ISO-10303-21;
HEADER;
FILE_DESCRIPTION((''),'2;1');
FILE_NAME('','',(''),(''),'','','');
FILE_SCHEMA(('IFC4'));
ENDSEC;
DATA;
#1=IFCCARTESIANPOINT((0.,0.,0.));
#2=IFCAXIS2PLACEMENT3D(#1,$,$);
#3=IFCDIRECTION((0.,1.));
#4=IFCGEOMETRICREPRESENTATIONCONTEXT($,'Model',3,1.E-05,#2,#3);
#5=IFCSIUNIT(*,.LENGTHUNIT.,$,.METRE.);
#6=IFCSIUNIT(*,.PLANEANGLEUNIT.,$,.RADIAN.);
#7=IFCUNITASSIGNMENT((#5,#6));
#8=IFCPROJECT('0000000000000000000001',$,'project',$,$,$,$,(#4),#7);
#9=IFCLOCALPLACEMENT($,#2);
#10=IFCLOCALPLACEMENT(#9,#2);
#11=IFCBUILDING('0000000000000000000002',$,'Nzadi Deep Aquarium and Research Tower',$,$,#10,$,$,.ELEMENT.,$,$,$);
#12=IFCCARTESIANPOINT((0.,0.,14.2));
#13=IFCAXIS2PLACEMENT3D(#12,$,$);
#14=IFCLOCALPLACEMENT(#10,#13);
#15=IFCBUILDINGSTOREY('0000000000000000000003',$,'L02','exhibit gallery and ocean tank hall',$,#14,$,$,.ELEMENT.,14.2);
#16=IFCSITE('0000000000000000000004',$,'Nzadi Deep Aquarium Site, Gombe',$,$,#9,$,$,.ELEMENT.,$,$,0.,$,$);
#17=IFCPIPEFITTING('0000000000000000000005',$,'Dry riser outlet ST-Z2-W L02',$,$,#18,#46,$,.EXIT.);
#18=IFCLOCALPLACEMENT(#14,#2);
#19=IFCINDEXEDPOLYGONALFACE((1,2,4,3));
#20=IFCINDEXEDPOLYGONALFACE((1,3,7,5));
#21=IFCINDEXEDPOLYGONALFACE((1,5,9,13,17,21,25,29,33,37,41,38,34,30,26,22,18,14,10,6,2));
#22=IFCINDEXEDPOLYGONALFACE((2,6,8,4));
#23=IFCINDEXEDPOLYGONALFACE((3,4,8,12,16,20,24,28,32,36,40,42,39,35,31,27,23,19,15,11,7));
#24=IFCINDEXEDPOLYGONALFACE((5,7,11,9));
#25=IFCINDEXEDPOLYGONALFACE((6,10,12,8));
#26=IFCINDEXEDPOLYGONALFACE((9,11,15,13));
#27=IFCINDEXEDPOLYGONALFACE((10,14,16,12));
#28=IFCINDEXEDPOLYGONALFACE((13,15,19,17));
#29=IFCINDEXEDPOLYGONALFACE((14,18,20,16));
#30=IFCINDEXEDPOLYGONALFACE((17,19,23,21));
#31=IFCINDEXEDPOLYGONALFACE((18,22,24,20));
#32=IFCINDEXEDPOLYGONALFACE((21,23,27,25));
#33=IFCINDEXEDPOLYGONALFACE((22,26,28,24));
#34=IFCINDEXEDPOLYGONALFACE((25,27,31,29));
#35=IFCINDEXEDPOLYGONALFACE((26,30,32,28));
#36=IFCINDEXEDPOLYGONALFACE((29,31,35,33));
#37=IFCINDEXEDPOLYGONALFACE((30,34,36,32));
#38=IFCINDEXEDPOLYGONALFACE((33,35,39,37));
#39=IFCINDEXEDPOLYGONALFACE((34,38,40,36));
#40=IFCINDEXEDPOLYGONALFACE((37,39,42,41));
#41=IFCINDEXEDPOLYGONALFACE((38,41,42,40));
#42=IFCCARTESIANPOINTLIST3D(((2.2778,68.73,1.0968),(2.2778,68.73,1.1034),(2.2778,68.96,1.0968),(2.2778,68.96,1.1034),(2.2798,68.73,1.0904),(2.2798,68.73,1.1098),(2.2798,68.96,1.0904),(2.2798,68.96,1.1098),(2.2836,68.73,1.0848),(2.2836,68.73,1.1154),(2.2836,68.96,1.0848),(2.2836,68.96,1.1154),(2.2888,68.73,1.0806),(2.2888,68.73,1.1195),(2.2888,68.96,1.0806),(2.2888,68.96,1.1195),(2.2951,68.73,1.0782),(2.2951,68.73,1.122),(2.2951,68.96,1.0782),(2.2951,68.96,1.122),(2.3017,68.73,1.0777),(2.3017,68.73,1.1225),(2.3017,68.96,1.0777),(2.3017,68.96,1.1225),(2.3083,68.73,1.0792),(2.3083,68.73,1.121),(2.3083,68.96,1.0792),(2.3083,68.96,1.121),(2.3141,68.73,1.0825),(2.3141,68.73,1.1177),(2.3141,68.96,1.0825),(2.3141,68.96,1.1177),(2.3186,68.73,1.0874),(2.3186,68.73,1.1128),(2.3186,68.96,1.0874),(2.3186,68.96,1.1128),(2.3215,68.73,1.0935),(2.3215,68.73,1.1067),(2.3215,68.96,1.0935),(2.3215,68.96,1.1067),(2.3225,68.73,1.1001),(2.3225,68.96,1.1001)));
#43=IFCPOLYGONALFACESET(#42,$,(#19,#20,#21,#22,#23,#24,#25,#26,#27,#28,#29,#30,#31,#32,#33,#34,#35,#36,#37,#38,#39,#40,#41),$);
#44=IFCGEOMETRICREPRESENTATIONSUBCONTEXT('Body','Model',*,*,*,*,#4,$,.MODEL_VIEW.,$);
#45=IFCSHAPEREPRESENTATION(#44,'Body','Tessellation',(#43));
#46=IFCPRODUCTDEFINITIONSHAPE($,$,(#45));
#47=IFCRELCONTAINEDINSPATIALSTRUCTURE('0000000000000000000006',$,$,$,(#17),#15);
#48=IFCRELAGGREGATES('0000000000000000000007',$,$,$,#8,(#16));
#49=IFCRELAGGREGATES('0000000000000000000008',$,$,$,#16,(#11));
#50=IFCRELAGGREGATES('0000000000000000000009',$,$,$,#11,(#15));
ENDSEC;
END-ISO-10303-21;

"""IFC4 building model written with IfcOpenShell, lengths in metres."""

from ifc_helpers import new_model, si_unit, direction, frame, origin, origin_2d, place, context, subcontext, project, spatial, circle, extrude, element, save


model = new_model("IFC4")

# Units and contexts
model_context = context("Model", 3, precision=1e-05, world=origin(), true_north=direction((0.0, 1.0)))
body_context = subcontext(model_context, "Body", "Model", "MODEL_VIEW")
ifc_project = project(units=[si_unit("LENGTHUNIT", "METRE"), si_unit("PLANEANGLEUNIT", "RADIAN")], contexts=[model_context])

# Site, building, storey
site_placement = place(None, origin())
site = spatial("IfcSite", under=ifc_project, at=site_placement, Name="Nzadi Deep Aquarium Site, Gombe", CompositionType="ELEMENT", RefElevation=0.0)
building_placement = place(site_placement, origin())
building = spatial("IfcBuilding", under=site, at=building_placement, Name="Nzadi Deep Aquarium and Research Tower", CompositionType="ELEMENT")
storey_placement = place(building_placement, frame((0.0, 0.0, 14.2)))
storey = spatial("IfcBuildingStorey", under=building, at=storey_placement, Name="L02", Description="exhibit gallery and ocean tank hall", CompositionType="ELEMENT", Elevation=14.2)

# Pipe fitting
pipe_fitting_placement = place(storey_placement, frame((2.3, 68.96, 1.1001), z_axis=(0.0, -1.0, 0.0), x_axis=(1.0, 0.0, 0.0)))
element("IfcPipeFitting", 1, at=pipe_fitting_placement, inside=storey, Name="Dry riser outlet ST-Z2-W L02", PredefinedType="EXIT", context=body_context, shape_type="SweptSolid", body=[
    extrude(circle(Radius=0.0225, at=origin_2d()), origin(), (0.0, 0.0, 1.0), 0.23),
])

save(model, "model.ifc")
